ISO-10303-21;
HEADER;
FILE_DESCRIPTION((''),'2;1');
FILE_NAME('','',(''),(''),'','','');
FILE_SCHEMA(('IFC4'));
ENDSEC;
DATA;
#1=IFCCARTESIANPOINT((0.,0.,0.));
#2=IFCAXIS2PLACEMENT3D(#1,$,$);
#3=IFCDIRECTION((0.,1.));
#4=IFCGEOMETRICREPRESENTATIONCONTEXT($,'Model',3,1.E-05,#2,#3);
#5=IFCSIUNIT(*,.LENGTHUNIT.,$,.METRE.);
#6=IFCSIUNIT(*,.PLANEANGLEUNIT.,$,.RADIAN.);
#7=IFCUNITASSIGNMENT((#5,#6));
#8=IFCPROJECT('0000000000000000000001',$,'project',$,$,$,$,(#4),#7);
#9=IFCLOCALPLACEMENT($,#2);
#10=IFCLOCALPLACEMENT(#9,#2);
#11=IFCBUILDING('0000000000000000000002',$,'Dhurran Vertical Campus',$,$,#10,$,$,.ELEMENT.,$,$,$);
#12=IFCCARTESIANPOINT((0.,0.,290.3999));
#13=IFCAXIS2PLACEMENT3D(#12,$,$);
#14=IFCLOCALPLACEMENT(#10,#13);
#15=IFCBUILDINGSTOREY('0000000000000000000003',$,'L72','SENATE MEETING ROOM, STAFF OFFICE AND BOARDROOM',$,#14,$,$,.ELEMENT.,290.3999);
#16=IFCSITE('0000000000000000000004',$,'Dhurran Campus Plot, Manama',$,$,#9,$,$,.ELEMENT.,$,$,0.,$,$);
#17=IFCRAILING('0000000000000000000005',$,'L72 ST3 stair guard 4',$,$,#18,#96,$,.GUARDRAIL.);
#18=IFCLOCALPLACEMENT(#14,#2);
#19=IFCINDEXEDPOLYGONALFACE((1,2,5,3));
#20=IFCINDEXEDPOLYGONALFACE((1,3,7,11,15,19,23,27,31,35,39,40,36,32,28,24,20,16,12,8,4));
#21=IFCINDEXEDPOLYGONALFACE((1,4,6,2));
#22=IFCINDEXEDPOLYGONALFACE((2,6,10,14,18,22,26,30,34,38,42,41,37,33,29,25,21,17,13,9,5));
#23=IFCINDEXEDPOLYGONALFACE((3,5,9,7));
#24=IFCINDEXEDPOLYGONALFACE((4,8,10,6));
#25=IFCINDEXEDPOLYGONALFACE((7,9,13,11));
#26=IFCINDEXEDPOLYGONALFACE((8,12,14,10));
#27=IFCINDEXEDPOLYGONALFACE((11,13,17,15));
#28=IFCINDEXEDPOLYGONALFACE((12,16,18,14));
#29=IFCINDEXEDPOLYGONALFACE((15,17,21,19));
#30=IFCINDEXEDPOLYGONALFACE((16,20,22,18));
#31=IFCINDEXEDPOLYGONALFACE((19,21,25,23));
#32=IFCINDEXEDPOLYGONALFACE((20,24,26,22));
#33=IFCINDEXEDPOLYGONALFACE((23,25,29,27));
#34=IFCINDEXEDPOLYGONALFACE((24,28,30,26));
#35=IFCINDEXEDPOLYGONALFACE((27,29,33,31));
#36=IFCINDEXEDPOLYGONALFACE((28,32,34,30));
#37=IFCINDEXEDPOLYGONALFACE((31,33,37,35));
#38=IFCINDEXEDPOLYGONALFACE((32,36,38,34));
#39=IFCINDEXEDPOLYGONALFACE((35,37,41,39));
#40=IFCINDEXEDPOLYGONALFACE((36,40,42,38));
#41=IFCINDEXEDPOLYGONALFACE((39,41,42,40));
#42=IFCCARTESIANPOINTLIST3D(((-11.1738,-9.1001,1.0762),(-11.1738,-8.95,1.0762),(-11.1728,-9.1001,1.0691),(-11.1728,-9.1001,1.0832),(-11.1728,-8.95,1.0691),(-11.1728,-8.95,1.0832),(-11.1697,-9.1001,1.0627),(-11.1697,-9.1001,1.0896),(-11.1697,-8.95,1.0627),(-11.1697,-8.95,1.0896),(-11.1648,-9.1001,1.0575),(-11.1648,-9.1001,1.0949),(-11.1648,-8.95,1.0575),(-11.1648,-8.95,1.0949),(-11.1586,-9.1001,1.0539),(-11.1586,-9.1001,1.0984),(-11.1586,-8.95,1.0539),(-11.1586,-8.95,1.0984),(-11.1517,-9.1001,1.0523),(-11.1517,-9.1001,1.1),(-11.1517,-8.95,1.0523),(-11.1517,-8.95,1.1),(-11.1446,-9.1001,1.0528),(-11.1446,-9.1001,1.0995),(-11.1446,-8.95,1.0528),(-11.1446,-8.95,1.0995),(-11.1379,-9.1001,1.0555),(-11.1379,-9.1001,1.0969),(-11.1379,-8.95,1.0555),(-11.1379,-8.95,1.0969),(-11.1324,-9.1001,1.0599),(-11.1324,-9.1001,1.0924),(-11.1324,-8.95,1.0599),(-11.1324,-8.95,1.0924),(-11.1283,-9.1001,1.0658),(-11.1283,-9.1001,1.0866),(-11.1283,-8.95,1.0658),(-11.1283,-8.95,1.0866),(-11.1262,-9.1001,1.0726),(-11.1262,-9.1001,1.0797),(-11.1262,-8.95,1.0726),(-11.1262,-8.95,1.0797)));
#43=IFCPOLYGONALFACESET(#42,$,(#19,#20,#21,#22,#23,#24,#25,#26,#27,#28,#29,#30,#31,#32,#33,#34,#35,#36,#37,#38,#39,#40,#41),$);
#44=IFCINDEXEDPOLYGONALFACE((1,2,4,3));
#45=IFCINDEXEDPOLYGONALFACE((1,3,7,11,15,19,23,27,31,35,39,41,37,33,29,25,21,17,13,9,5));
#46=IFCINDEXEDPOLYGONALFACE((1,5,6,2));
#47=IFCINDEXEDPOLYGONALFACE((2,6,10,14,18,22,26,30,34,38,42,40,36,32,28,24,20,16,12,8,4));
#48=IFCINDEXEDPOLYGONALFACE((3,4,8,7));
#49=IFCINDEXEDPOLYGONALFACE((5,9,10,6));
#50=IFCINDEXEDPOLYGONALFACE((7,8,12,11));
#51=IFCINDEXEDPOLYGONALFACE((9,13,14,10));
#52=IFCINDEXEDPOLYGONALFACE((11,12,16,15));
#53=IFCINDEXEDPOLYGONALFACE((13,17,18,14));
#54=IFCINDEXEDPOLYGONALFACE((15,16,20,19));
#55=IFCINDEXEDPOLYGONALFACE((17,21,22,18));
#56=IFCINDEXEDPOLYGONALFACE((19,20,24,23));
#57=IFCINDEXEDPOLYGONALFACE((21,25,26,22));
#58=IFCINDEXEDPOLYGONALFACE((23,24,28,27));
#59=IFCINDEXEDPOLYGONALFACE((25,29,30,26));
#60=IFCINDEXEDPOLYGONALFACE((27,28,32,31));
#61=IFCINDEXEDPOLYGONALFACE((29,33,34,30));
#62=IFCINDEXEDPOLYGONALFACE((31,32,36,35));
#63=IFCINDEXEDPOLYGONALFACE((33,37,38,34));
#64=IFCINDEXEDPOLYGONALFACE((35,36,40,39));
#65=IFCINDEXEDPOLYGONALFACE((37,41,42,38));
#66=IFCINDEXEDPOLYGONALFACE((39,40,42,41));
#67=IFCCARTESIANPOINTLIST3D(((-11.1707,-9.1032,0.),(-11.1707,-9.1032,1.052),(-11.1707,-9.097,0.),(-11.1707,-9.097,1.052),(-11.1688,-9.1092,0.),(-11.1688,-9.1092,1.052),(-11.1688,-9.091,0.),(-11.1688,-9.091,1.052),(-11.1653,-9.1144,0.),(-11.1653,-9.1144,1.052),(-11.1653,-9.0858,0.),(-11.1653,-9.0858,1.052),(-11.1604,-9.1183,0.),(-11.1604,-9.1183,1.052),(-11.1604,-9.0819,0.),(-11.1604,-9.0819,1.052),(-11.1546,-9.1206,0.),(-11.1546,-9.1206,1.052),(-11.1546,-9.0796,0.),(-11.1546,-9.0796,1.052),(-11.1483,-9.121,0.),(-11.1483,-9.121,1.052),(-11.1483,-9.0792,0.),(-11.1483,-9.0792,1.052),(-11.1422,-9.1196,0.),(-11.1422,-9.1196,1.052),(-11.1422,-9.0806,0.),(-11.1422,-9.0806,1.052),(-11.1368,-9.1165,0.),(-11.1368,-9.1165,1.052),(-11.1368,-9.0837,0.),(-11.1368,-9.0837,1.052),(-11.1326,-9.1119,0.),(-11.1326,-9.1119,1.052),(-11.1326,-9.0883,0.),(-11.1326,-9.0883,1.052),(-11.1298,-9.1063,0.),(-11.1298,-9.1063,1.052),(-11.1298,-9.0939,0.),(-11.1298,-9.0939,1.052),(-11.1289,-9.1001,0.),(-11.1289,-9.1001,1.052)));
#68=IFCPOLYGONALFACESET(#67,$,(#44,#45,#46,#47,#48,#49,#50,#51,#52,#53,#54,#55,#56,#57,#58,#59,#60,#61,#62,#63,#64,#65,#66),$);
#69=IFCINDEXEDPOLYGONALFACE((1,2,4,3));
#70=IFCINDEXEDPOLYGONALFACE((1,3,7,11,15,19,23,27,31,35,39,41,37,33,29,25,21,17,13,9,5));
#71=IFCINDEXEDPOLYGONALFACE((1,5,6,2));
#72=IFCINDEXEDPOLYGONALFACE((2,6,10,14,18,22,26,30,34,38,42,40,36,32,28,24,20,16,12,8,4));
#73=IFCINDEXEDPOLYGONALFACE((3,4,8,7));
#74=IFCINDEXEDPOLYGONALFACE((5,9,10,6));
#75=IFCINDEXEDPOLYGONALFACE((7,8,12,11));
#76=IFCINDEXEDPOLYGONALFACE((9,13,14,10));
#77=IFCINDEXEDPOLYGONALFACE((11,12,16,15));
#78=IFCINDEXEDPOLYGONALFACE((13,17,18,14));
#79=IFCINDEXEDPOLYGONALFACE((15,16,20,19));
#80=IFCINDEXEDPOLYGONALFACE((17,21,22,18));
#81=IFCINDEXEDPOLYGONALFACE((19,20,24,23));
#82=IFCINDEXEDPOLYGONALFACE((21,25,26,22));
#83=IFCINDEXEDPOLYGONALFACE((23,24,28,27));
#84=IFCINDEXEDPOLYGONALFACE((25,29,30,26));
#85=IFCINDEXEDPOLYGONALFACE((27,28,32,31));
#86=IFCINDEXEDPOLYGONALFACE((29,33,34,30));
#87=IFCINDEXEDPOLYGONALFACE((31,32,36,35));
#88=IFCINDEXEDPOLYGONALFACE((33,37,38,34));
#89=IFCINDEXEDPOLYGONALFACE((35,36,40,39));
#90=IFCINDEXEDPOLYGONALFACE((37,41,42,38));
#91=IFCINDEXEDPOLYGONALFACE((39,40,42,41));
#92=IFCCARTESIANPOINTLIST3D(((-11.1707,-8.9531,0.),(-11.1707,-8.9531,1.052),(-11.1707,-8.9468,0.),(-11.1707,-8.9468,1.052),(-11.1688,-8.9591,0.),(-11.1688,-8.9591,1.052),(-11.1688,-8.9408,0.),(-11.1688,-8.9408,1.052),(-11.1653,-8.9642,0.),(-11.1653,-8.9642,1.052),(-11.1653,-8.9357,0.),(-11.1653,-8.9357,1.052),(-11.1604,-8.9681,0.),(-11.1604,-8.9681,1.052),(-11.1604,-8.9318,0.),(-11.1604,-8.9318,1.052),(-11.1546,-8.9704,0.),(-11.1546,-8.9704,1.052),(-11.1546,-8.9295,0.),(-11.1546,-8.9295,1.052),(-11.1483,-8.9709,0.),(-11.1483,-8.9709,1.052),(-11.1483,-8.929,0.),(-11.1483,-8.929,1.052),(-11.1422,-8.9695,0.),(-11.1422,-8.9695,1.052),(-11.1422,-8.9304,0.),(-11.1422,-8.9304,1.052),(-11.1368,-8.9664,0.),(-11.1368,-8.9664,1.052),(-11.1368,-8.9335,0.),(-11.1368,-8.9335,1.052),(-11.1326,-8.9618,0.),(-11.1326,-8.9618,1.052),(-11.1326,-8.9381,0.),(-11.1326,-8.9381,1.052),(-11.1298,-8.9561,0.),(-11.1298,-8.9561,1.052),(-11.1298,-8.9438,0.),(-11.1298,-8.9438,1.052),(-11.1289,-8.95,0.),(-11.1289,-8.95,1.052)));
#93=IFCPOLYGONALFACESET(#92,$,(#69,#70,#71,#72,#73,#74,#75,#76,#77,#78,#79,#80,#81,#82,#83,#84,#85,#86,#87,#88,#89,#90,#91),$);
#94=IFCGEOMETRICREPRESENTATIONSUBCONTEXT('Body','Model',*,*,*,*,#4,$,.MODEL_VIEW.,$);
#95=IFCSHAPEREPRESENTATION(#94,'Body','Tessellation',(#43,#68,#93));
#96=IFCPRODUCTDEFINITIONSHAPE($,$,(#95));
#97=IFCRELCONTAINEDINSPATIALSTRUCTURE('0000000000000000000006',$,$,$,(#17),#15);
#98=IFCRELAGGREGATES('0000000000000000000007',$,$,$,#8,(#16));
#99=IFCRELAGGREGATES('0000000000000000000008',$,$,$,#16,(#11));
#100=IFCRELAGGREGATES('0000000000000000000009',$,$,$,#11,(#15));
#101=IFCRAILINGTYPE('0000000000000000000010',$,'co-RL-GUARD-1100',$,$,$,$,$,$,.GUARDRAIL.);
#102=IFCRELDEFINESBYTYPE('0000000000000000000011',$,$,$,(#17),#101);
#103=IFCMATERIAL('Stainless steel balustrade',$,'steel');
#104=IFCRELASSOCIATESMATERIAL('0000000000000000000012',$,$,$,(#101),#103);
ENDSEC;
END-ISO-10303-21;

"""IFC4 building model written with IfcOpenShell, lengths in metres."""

from ifc_helpers import new_model, si_unit, direction, frame, origin, origin_2d, place, context, subcontext, project, spatial, circle, extrude, material, type_object, element, save


model = new_model("IFC4")

# Units and contexts
model_context = context("Model", 3, precision=1e-05, world=origin(), true_north=direction((0.0, 1.0)))
body_context = subcontext(model_context, "Body", "Model", "MODEL_VIEW")
ifc_project = project(units=[si_unit("LENGTHUNIT", "METRE"), si_unit("PLANEANGLEUNIT", "RADIAN")], contexts=[model_context])

# Site, building, storey
site_placement = place(None, origin())
site = spatial("IfcSite", under=ifc_project, at=site_placement, Name="Dhurran Campus Plot, Manama", CompositionType="ELEMENT", RefElevation=0.0)
building_placement = place(site_placement, origin())
building = spatial("IfcBuilding", under=site, at=building_placement, Name="Dhurran Vertical Campus", CompositionType="ELEMENT")
storey_placement = place(building_placement, frame((0.0, 0.0, 290.3999)))
storey = spatial("IfcBuildingStorey", under=building, at=storey_placement, Name="L72", Description="SENATE MEETING ROOM, STAFF OFFICE AND BOARDROOM", CompositionType="ELEMENT", Elevation=290.3999)

# Railing
ifc_material_1 = material(Name="Stainless steel balustrade", Category="steel")
railing_type_1 = type_object("IfcRailingType", Name="co-RL-GUARD-1100", PredefinedType="GUARDRAIL", material=ifc_material_1)
railing_1_placement = place(storey_placement, frame((-11.1499, -9.1001, 0.0)))
element("IfcRailing", 1, at=railing_1_placement, inside=storey, type_object=railing_type_1, Name="L72 ST3 stair guard 4", PredefinedType="GUARDRAIL", context=body_context, shape_type="SweptSolid", body=[
    extrude(circle(Radius=0.0239, at=origin_2d()), frame((0.0, 0.0, 1.0762), z_axis=(0.0, 1.0, 0.0), x_axis=(-1.0, 0.0, 0.0)), (0.0, 0.0, 1.0), 0.1501),
    extrude(circle(Radius=0.021, at=origin_2d()), origin(), (0.0, 0.0, 1.0), 1.052),
    extrude(circle(Radius=0.021, at=origin_2d()), frame((0.0, 0.1501, 0.0)), (0.0, 0.0, 1.0), 1.052),
])

save(model, "model.ifc")
